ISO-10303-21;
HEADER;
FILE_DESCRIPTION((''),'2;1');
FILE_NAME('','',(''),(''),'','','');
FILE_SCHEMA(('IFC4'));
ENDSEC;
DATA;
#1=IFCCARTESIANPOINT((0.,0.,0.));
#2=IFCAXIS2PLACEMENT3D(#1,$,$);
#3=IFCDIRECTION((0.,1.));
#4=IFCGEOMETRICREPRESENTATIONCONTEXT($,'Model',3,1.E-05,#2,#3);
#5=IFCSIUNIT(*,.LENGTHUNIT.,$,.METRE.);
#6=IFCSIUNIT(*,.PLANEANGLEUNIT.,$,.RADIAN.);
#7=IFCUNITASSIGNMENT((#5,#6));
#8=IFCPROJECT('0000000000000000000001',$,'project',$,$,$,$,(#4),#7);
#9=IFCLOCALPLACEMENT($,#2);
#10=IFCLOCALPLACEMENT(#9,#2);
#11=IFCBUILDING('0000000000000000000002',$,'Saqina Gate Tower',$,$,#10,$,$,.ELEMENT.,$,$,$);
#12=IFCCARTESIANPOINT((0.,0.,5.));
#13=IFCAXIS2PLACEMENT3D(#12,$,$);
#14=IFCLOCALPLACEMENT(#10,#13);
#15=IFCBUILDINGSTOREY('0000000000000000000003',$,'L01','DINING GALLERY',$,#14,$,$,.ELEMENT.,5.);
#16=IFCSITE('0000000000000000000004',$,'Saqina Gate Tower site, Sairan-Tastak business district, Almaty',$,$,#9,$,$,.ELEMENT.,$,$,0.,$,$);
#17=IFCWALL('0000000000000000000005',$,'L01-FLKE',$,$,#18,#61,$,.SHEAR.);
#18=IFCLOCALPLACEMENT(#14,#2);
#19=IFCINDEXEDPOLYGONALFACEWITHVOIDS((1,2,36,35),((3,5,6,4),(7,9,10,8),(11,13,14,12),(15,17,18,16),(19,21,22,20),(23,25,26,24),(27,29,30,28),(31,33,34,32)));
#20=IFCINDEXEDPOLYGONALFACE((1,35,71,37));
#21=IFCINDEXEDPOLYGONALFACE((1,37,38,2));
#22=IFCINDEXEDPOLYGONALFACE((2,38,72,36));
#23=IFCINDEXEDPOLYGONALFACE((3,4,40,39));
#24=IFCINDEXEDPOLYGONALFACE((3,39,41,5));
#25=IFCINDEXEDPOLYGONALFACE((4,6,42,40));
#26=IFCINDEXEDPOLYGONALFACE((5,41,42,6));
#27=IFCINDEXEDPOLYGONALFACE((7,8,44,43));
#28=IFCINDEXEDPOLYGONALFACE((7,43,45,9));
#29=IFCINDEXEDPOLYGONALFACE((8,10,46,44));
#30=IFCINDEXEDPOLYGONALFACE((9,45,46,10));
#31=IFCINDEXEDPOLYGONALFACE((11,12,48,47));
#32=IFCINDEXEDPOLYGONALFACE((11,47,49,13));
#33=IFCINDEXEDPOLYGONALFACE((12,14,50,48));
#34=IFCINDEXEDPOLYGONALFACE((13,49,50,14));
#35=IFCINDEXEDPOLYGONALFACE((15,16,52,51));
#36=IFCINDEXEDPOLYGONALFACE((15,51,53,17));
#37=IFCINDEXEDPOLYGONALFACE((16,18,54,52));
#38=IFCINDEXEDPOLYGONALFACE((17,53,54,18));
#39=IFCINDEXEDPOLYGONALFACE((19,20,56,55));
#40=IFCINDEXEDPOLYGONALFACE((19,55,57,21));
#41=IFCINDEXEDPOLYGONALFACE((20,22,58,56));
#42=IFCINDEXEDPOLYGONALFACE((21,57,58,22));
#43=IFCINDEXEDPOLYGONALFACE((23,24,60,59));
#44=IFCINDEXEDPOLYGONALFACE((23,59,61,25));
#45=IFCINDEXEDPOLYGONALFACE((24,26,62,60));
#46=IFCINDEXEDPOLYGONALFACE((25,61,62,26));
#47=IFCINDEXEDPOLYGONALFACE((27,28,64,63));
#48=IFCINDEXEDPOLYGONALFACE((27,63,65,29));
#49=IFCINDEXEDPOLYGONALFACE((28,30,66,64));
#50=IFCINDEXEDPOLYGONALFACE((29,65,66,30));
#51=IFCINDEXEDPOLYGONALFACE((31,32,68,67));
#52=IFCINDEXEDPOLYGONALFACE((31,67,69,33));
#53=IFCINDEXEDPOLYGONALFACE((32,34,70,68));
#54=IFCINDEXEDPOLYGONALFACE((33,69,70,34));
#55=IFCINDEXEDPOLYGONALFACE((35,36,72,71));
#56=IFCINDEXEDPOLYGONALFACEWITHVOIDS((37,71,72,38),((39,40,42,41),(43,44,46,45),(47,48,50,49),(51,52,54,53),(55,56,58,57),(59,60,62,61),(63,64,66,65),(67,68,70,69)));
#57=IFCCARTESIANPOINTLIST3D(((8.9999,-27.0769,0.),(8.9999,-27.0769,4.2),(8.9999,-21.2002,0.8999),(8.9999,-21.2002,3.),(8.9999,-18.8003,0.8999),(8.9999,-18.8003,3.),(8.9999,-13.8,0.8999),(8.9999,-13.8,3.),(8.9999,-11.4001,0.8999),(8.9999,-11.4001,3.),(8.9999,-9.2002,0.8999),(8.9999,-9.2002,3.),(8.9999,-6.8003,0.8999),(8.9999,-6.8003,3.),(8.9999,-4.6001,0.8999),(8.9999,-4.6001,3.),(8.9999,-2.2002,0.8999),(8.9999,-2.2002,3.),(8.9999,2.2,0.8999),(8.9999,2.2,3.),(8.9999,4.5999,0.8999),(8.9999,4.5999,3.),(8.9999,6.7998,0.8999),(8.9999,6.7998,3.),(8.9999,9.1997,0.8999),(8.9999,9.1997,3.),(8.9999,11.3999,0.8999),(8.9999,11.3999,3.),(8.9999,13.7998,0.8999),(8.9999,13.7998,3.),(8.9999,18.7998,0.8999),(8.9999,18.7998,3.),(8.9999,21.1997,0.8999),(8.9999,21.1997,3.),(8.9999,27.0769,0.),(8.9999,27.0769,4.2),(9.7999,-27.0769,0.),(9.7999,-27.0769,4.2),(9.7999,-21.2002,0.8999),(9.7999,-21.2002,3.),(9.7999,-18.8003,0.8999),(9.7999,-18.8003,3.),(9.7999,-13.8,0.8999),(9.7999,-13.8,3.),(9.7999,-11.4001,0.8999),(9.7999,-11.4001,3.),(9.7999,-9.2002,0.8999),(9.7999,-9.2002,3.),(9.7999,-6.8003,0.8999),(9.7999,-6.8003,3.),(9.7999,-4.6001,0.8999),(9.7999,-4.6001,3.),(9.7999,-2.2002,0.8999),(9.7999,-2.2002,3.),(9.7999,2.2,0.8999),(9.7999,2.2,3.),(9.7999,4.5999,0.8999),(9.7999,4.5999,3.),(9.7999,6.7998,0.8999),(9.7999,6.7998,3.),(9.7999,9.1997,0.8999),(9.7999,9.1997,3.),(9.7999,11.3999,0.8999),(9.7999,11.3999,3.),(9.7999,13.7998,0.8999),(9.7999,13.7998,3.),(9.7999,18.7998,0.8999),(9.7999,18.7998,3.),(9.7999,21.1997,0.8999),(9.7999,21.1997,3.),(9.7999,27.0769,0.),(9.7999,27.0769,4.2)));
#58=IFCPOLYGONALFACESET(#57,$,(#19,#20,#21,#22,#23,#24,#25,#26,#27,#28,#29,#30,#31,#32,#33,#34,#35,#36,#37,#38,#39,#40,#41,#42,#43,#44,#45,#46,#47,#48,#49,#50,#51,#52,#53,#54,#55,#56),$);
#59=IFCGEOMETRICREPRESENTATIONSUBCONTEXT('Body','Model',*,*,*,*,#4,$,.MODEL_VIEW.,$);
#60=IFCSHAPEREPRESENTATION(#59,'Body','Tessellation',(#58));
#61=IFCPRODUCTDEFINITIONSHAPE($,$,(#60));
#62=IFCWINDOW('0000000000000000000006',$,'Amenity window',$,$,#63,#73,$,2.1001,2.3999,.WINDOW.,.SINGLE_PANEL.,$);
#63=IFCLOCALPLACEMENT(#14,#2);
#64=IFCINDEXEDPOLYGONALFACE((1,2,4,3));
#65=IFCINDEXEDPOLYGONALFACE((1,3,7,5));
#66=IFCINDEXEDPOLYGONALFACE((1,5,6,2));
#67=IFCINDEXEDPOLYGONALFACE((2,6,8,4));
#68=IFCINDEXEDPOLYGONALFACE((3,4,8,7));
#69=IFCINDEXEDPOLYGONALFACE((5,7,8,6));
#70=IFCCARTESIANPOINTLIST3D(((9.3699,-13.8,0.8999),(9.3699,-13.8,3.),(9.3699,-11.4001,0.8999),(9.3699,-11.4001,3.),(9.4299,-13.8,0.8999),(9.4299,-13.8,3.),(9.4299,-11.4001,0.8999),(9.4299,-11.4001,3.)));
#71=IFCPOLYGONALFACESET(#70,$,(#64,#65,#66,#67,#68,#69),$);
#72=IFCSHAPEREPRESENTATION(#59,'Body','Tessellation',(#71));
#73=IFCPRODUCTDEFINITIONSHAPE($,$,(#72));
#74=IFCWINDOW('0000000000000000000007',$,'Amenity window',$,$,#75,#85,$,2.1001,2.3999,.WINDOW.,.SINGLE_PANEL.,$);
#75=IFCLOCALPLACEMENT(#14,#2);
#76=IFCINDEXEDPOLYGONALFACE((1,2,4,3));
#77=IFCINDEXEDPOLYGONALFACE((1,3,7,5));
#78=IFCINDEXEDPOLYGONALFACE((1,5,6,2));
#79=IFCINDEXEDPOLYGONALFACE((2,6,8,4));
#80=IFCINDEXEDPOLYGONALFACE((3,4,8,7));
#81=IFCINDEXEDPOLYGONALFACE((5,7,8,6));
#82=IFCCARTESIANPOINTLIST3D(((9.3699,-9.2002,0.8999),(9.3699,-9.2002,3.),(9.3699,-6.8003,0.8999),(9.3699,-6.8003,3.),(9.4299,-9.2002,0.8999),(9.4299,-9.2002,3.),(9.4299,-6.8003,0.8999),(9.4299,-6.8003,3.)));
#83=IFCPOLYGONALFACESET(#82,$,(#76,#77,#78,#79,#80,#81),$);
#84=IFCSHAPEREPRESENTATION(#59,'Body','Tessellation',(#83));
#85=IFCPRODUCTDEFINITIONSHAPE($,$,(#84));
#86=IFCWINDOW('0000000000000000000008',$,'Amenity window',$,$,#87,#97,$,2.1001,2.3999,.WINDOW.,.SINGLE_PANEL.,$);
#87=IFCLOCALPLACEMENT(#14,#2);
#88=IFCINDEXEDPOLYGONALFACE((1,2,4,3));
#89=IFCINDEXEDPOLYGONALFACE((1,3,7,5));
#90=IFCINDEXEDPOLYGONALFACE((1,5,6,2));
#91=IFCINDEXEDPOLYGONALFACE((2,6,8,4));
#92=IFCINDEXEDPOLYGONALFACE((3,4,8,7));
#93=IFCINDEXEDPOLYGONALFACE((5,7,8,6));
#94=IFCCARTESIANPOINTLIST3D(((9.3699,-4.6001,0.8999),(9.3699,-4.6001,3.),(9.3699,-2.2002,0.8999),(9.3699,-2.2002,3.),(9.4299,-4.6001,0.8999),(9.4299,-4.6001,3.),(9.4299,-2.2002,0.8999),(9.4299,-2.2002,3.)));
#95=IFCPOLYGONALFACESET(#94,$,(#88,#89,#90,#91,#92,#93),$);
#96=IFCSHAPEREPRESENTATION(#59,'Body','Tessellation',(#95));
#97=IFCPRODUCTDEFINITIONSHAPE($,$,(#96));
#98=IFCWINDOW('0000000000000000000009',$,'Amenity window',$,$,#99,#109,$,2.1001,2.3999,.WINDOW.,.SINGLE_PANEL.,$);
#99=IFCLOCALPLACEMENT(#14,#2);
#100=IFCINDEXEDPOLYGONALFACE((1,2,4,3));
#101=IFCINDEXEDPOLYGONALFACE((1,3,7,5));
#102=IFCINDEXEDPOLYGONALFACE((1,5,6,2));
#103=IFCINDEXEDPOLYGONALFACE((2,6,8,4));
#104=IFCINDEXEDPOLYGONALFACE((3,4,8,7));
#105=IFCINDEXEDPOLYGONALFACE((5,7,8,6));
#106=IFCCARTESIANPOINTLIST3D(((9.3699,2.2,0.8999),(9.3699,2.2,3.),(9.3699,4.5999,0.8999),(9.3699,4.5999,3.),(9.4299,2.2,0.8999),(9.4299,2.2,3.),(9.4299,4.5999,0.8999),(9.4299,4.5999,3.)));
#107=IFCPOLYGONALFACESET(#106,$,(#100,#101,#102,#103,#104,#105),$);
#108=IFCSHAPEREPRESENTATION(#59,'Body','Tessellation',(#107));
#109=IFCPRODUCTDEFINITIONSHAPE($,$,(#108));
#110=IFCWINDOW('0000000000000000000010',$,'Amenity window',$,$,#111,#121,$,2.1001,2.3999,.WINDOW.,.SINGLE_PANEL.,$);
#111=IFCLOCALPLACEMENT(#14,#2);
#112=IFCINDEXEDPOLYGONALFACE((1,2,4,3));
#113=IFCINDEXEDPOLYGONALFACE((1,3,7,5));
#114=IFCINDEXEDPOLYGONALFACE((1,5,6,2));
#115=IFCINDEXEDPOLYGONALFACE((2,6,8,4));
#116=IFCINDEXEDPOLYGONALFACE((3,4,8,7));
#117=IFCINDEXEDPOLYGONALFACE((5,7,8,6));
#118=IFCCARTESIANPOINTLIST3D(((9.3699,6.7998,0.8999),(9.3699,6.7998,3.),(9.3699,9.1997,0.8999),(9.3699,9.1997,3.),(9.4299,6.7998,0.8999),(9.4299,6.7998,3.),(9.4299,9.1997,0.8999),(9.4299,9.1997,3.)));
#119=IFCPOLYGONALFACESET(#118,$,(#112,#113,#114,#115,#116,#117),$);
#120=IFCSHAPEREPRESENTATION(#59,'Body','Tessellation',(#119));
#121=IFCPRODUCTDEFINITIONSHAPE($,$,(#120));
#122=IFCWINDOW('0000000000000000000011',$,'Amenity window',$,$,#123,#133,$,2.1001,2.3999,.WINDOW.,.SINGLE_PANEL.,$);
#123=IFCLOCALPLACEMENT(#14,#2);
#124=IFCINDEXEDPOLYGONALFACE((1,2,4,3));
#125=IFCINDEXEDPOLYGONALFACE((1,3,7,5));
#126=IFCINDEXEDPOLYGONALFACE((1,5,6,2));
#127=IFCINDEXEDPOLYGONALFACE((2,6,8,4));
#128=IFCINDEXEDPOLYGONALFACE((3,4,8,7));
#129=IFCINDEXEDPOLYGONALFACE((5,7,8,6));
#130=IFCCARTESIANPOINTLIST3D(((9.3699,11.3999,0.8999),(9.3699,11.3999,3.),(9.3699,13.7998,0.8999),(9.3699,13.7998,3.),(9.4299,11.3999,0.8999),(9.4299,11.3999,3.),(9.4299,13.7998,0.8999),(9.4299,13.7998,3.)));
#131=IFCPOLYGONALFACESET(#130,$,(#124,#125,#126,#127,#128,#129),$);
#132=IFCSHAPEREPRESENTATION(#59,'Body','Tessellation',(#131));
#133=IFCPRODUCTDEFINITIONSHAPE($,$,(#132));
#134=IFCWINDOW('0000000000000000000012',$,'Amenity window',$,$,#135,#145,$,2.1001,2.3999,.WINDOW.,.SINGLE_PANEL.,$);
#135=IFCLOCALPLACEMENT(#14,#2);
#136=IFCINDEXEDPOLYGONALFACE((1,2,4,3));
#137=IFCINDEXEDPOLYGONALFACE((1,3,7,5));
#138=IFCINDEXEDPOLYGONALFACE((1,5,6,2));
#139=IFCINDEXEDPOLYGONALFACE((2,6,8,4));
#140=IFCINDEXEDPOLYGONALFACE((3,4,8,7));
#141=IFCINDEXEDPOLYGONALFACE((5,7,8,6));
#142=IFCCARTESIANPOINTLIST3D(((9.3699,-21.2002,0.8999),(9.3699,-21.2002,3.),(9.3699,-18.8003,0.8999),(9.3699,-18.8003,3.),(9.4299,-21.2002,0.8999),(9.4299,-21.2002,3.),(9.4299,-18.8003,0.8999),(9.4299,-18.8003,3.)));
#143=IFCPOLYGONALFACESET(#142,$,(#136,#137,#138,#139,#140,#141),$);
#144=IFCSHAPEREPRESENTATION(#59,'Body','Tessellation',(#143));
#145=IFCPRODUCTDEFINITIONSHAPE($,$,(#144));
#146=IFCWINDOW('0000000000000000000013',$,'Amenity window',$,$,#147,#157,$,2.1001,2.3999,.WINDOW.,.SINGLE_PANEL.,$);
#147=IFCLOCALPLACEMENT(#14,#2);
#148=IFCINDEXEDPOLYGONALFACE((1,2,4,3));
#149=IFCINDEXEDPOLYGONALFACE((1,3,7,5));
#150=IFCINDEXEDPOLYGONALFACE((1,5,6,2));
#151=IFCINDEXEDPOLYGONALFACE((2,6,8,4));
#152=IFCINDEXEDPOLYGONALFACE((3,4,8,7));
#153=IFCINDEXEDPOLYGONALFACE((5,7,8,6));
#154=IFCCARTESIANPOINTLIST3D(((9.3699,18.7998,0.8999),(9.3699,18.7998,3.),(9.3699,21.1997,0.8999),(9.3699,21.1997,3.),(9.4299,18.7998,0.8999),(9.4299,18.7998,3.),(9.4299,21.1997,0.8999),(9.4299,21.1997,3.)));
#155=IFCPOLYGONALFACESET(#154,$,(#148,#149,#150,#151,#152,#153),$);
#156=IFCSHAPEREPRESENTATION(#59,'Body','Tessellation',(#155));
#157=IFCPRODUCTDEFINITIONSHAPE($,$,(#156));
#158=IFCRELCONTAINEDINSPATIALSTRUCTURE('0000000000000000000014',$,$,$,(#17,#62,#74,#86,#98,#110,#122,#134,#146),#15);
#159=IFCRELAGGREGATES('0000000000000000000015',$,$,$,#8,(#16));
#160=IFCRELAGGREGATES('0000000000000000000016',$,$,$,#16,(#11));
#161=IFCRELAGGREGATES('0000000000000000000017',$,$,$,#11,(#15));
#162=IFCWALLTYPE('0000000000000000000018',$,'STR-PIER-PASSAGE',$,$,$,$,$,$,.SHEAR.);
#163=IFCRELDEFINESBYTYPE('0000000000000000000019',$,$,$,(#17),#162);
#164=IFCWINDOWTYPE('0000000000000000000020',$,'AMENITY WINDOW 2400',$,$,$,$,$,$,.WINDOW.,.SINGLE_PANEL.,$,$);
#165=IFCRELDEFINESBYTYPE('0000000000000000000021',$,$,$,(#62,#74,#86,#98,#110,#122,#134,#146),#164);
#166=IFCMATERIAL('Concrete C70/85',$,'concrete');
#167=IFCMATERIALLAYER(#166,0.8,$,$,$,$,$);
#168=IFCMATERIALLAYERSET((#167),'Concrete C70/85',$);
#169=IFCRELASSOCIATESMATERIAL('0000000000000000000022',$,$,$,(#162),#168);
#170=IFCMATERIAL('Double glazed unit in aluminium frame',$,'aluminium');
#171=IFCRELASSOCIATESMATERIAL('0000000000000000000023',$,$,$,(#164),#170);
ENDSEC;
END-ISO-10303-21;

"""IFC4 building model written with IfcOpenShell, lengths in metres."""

from ifc_helpers import new_model, si_unit, direction, frame, frame_2d, origin, place, context, subcontext, project, spatial, rectangle, extrude, material, layer, layer_set, type_object, element, fill, save


model = new_model("IFC4")

# Units and contexts
model_context = context("Model", 3, precision=1e-05, world=origin(), true_north=direction((0.0, 1.0)))
body_context = subcontext(model_context, "Body", "Model", "MODEL_VIEW")
ifc_project = project(units=[si_unit("LENGTHUNIT", "METRE"), si_unit("PLANEANGLEUNIT", "RADIAN")], contexts=[model_context])

# Site, building, storey
site_placement = place(None, origin())
site = spatial("IfcSite", under=ifc_project, at=site_placement, Name="Saqina Gate Tower site, Sairan-Tastak business district, Almaty", CompositionType="ELEMENT", RefElevation=0.0)
building_placement = place(site_placement, origin())
building = spatial("IfcBuilding", under=site, at=building_placement, Name="Saqina Gate Tower", CompositionType="ELEMENT")
storey_placement = place(building_placement, frame((0.0, 0.0, 5.0)))
storey = spatial("IfcBuildingStorey", under=building, at=storey_placement, Name="L01", Description="DINING GALLERY", CompositionType="ELEMENT", Elevation=5.0)

# Wall, openings, windows
ifc_material_1 = material(Name="Concrete C70/85", Category="concrete")
ifc_layer_1 = layer(ifc_material_1, 0.8)
ifc_layer_set_1 = layer_set([ifc_layer_1], Name="Concrete C70/85")
wall_type_1 = type_object("IfcWallType", Name="STR-PIER-PASSAGE", PredefinedType="SHEAR", material=ifc_layer_set_1)
wall_1_placement = place(storey_placement, frame((9.3999, -27.0769, 0.0), z_axis=(0.0, 0.0, 1.0), x_axis=(0.0, 1.0, 0.0)))
wall_1 = element("IfcWall", 1, at=wall_1_placement, inside=storey, type_object=wall_type_1, Name="L01-FLKE", PredefinedType="SHEAR", context=body_context, shape_type="SweptSolid", body=[
    extrude(rectangle(XDim=54.1538, YDim=0.8, at=frame_2d((27.0769, 0.0))), origin(), (0.0, 0.0, 1.0), 4.2),
])
opening_1_placement = place(wall_1_placement, frame((13.2769, 0.0, 0.8999)))
opening_1 = element("IfcOpeningElement", 2, at=opening_1_placement, cuts=wall_1, PredefinedType="OPENING", context=body_context, shape_type="SweptSolid", body=[
    extrude(rectangle(XDim=2.3999, YDim=2.1001, at=frame_2d((1.2, 1.05))), frame((0.0, 0.4121, 0.0), z_axis=(0.0, -1.0, 0.0), x_axis=(1.0, 0.0, 0.0)), (0.0, 0.0, 1.0), 0.824),
])
opening_2_placement = place(wall_1_placement, frame((17.8767, 0.0, 0.8999)))
opening_2 = element("IfcOpeningElement", 3, at=opening_2_placement, cuts=wall_1, PredefinedType="OPENING", context=body_context, shape_type="SweptSolid", body=[
    extrude(rectangle(XDim=2.3999, YDim=2.1001, at=frame_2d((1.2, 1.05))), frame((0.0, 0.4121, 0.0), z_axis=(0.0, -1.0, 0.0), x_axis=(1.0, 0.0, 0.0)), (0.0, 0.0, 1.0), 0.824),
])
opening_3_placement = place(wall_1_placement, frame((22.4768, 0.0, 0.8999)))
opening_3 = element("IfcOpeningElement", 4, at=opening_3_placement, cuts=wall_1, PredefinedType="OPENING", context=body_context, shape_type="SweptSolid", body=[
    extrude(rectangle(XDim=2.3999, YDim=2.1001, at=frame_2d((1.2, 1.05))), frame((0.0, 0.4121, 0.0), z_axis=(0.0, -1.0, 0.0), x_axis=(1.0, 0.0, 0.0)), (0.0, 0.0, 1.0), 0.824),
])
opening_4_placement = place(wall_1_placement, frame((29.2769, 0.0, 0.8999)))
opening_4 = element("IfcOpeningElement", 5, at=opening_4_placement, cuts=wall_1, PredefinedType="OPENING", context=body_context, shape_type="SweptSolid", body=[
    extrude(rectangle(XDim=2.3999, YDim=2.1001, at=frame_2d((1.2, 1.05))), frame((0.0, 0.4121, 0.0), z_axis=(0.0, -1.0, 0.0), x_axis=(1.0, 0.0, 0.0)), (0.0, 0.0, 1.0), 0.824),
])
opening_5_placement = place(wall_1_placement, frame((33.8767, 0.0, 0.8999)))
opening_5 = element("IfcOpeningElement", 6, at=opening_5_placement, cuts=wall_1, PredefinedType="OPENING", context=body_context, shape_type="SweptSolid", body=[
    extrude(rectangle(XDim=2.3999, YDim=2.1001, at=frame_2d((1.2, 1.05))), frame((0.0, 0.4121, 0.0), z_axis=(0.0, -1.0, 0.0), x_axis=(1.0, 0.0, 0.0)), (0.0, 0.0, 1.0), 0.824),
])
opening_6_placement = place(wall_1_placement, frame((38.4768, 0.0, 0.8999)))
opening_6 = element("IfcOpeningElement", 7, at=opening_6_placement, cuts=wall_1, PredefinedType="OPENING", context=body_context, shape_type="SweptSolid", body=[
    extrude(rectangle(XDim=2.3999, YDim=2.1001, at=frame_2d((1.2, 1.05))), frame((0.0, 0.4121, 0.0), z_axis=(0.0, -1.0, 0.0), x_axis=(1.0, 0.0, 0.0)), (0.0, 0.0, 1.0), 0.824),
])
opening_7_placement = place(wall_1_placement, frame((5.8767, 0.0, 0.8999)))
opening_7 = element("IfcOpeningElement", 8, at=opening_7_placement, cuts=wall_1, PredefinedType="OPENING", context=body_context, shape_type="SweptSolid", body=[
    extrude(rectangle(XDim=2.3999, YDim=2.1001, at=frame_2d((1.2, 1.05))), frame((0.0, 0.4121, 0.0), z_axis=(0.0, -1.0, 0.0), x_axis=(1.0, 0.0, 0.0)), (0.0, 0.0, 1.0), 0.824),
])
opening_8_placement = place(wall_1_placement, frame((45.8767, 0.0, 0.8999)))
opening_8 = element("IfcOpeningElement", 9, at=opening_8_placement, cuts=wall_1, PredefinedType="OPENING", context=body_context, shape_type="SweptSolid", body=[
    extrude(rectangle(XDim=2.3999, YDim=2.1001, at=frame_2d((1.2, 1.05))), frame((0.0, 0.4121, 0.0), z_axis=(0.0, -1.0, 0.0), x_axis=(1.0, 0.0, 0.0)), (0.0, 0.0, 1.0), 0.824),
])
ifc_material_2 = material(Name="Double glazed unit in aluminium frame", Category="aluminium")
window_type = type_object("IfcWindowType", Name="AMENITY WINDOW 2400", PartitioningType="SINGLE_PANEL", PredefinedType="WINDOW", material=ifc_material_2)
window_1_placement = place(opening_1_placement, origin())
window_1 = element("IfcWindow", 10, at=window_1_placement, inside=storey, type_object=window_type, Name="Amenity window", OverallHeight=2.1001, OverallWidth=2.3999, PartitioningType="SINGLE_PANEL", PredefinedType="WINDOW", context=body_context, shape_type="SweptSolid", body=[
    extrude(rectangle(XDim=2.3999, YDim=2.1001, at=frame_2d((1.2, 1.05))), frame((0.0, 0.03, 0.0), z_axis=(0.0, -1.0, 0.0), x_axis=(1.0, 0.0, 0.0)), (0.0, 0.0, 1.0), 0.0601),
])
fill(opening_1, window_1)
window_2_placement = place(opening_2_placement, origin())
window_2 = element("IfcWindow", 11, at=window_2_placement, inside=storey, type_object=window_type, Name="Amenity window", OverallHeight=2.1001, OverallWidth=2.3999, PartitioningType="SINGLE_PANEL", PredefinedType="WINDOW", context=body_context, shape_type="SweptSolid", body=[
    extrude(rectangle(XDim=2.3999, YDim=2.1001, at=frame_2d((1.2, 1.05))), frame((0.0, 0.03, 0.0), z_axis=(0.0, -1.0, 0.0), x_axis=(1.0, 0.0, 0.0)), (0.0, 0.0, 1.0), 0.0601),
])
fill(opening_2, window_2)
window_3_placement = place(opening_3_placement, origin())
window_3 = element("IfcWindow", 12, at=window_3_placement, inside=storey, type_object=window_type, Name="Amenity window", OverallHeight=2.1001, OverallWidth=2.3999, PartitioningType="SINGLE_PANEL", PredefinedType="WINDOW", context=body_context, shape_type="SweptSolid", body=[
    extrude(rectangle(XDim=2.3999, YDim=2.1001, at=frame_2d((1.2, 1.05))), frame((0.0, 0.03, 0.0), z_axis=(0.0, -1.0, 0.0), x_axis=(1.0, 0.0, 0.0)), (0.0, 0.0, 1.0), 0.0601),
])
fill(opening_3, window_3)
window_4_placement = place(opening_4_placement, origin())
window_4 = element("IfcWindow", 13, at=window_4_placement, inside=storey, type_object=window_type, Name="Amenity window", OverallHeight=2.1001, OverallWidth=2.3999, PartitioningType="SINGLE_PANEL", PredefinedType="WINDOW", context=body_context, shape_type="SweptSolid", body=[
    extrude(rectangle(XDim=2.3999, YDim=2.1001, at=frame_2d((1.2, 1.05))), frame((0.0, 0.03, 0.0), z_axis=(0.0, -1.0, 0.0), x_axis=(1.0, 0.0, 0.0)), (0.0, 0.0, 1.0), 0.0601),
])
fill(opening_4, window_4)
window_5_placement = place(opening_5_placement, origin())
window_5 = element("IfcWindow", 14, at=window_5_placement, inside=storey, type_object=window_type, Name="Amenity window", OverallHeight=2.1001, OverallWidth=2.3999, PartitioningType="SINGLE_PANEL", PredefinedType="WINDOW", context=body_context, shape_type="SweptSolid", body=[
    extrude(rectangle(XDim=2.3999, YDim=2.1001, at=frame_2d((1.2, 1.05))), frame((0.0, 0.03, 0.0), z_axis=(0.0, -1.0, 0.0), x_axis=(1.0, 0.0, 0.0)), (0.0, 0.0, 1.0), 0.0601),
])
fill(opening_5, window_5)
window_6_placement = place(opening_6_placement, origin())
window_6 = element("IfcWindow", 15, at=window_6_placement, inside=storey, type_object=window_type, Name="Amenity window", OverallHeight=2.1001, OverallWidth=2.3999, PartitioningType="SINGLE_PANEL", PredefinedType="WINDOW", context=body_context, shape_type="SweptSolid", body=[
    extrude(rectangle(XDim=2.3999, YDim=2.1001, at=frame_2d((1.2, 1.05))), frame((0.0, 0.03, 0.0), z_axis=(0.0, -1.0, 0.0), x_axis=(1.0, 0.0, 0.0)), (0.0, 0.0, 1.0), 0.0601),
])
fill(opening_6, window_6)
window_7_placement = place(opening_7_placement, origin())
window_7 = element("IfcWindow", 16, at=window_7_placement, inside=storey, type_object=window_type, Name="Amenity window", OverallHeight=2.1001, OverallWidth=2.3999, PartitioningType="SINGLE_PANEL", PredefinedType="WINDOW", context=body_context, shape_type="SweptSolid", body=[
    extrude(rectangle(XDim=2.3999, YDim=2.1001, at=frame_2d((1.2, 1.05))), frame((0.0, 0.03, 0.0), z_axis=(0.0, -1.0, 0.0), x_axis=(1.0, 0.0, 0.0)), (0.0, 0.0, 1.0), 0.0601),
])
fill(opening_7, window_7)
window_8_placement = place(opening_8_placement, origin())
window_8 = element("IfcWindow", 17, at=window_8_placement, inside=storey, type_object=window_type, Name="Amenity window", OverallHeight=2.1001, OverallWidth=2.3999, PartitioningType="SINGLE_PANEL", PredefinedType="WINDOW", context=body_context, shape_type="SweptSolid", body=[
    extrude(rectangle(XDim=2.3999, YDim=2.1001, at=frame_2d((1.2, 1.05))), frame((0.0, 0.03, 0.0), z_axis=(0.0, -1.0, 0.0), x_axis=(1.0, 0.0, 0.0)), (0.0, 0.0, 1.0), 0.0601),
])
fill(opening_8, window_8)

save(model, "model.ifc")
